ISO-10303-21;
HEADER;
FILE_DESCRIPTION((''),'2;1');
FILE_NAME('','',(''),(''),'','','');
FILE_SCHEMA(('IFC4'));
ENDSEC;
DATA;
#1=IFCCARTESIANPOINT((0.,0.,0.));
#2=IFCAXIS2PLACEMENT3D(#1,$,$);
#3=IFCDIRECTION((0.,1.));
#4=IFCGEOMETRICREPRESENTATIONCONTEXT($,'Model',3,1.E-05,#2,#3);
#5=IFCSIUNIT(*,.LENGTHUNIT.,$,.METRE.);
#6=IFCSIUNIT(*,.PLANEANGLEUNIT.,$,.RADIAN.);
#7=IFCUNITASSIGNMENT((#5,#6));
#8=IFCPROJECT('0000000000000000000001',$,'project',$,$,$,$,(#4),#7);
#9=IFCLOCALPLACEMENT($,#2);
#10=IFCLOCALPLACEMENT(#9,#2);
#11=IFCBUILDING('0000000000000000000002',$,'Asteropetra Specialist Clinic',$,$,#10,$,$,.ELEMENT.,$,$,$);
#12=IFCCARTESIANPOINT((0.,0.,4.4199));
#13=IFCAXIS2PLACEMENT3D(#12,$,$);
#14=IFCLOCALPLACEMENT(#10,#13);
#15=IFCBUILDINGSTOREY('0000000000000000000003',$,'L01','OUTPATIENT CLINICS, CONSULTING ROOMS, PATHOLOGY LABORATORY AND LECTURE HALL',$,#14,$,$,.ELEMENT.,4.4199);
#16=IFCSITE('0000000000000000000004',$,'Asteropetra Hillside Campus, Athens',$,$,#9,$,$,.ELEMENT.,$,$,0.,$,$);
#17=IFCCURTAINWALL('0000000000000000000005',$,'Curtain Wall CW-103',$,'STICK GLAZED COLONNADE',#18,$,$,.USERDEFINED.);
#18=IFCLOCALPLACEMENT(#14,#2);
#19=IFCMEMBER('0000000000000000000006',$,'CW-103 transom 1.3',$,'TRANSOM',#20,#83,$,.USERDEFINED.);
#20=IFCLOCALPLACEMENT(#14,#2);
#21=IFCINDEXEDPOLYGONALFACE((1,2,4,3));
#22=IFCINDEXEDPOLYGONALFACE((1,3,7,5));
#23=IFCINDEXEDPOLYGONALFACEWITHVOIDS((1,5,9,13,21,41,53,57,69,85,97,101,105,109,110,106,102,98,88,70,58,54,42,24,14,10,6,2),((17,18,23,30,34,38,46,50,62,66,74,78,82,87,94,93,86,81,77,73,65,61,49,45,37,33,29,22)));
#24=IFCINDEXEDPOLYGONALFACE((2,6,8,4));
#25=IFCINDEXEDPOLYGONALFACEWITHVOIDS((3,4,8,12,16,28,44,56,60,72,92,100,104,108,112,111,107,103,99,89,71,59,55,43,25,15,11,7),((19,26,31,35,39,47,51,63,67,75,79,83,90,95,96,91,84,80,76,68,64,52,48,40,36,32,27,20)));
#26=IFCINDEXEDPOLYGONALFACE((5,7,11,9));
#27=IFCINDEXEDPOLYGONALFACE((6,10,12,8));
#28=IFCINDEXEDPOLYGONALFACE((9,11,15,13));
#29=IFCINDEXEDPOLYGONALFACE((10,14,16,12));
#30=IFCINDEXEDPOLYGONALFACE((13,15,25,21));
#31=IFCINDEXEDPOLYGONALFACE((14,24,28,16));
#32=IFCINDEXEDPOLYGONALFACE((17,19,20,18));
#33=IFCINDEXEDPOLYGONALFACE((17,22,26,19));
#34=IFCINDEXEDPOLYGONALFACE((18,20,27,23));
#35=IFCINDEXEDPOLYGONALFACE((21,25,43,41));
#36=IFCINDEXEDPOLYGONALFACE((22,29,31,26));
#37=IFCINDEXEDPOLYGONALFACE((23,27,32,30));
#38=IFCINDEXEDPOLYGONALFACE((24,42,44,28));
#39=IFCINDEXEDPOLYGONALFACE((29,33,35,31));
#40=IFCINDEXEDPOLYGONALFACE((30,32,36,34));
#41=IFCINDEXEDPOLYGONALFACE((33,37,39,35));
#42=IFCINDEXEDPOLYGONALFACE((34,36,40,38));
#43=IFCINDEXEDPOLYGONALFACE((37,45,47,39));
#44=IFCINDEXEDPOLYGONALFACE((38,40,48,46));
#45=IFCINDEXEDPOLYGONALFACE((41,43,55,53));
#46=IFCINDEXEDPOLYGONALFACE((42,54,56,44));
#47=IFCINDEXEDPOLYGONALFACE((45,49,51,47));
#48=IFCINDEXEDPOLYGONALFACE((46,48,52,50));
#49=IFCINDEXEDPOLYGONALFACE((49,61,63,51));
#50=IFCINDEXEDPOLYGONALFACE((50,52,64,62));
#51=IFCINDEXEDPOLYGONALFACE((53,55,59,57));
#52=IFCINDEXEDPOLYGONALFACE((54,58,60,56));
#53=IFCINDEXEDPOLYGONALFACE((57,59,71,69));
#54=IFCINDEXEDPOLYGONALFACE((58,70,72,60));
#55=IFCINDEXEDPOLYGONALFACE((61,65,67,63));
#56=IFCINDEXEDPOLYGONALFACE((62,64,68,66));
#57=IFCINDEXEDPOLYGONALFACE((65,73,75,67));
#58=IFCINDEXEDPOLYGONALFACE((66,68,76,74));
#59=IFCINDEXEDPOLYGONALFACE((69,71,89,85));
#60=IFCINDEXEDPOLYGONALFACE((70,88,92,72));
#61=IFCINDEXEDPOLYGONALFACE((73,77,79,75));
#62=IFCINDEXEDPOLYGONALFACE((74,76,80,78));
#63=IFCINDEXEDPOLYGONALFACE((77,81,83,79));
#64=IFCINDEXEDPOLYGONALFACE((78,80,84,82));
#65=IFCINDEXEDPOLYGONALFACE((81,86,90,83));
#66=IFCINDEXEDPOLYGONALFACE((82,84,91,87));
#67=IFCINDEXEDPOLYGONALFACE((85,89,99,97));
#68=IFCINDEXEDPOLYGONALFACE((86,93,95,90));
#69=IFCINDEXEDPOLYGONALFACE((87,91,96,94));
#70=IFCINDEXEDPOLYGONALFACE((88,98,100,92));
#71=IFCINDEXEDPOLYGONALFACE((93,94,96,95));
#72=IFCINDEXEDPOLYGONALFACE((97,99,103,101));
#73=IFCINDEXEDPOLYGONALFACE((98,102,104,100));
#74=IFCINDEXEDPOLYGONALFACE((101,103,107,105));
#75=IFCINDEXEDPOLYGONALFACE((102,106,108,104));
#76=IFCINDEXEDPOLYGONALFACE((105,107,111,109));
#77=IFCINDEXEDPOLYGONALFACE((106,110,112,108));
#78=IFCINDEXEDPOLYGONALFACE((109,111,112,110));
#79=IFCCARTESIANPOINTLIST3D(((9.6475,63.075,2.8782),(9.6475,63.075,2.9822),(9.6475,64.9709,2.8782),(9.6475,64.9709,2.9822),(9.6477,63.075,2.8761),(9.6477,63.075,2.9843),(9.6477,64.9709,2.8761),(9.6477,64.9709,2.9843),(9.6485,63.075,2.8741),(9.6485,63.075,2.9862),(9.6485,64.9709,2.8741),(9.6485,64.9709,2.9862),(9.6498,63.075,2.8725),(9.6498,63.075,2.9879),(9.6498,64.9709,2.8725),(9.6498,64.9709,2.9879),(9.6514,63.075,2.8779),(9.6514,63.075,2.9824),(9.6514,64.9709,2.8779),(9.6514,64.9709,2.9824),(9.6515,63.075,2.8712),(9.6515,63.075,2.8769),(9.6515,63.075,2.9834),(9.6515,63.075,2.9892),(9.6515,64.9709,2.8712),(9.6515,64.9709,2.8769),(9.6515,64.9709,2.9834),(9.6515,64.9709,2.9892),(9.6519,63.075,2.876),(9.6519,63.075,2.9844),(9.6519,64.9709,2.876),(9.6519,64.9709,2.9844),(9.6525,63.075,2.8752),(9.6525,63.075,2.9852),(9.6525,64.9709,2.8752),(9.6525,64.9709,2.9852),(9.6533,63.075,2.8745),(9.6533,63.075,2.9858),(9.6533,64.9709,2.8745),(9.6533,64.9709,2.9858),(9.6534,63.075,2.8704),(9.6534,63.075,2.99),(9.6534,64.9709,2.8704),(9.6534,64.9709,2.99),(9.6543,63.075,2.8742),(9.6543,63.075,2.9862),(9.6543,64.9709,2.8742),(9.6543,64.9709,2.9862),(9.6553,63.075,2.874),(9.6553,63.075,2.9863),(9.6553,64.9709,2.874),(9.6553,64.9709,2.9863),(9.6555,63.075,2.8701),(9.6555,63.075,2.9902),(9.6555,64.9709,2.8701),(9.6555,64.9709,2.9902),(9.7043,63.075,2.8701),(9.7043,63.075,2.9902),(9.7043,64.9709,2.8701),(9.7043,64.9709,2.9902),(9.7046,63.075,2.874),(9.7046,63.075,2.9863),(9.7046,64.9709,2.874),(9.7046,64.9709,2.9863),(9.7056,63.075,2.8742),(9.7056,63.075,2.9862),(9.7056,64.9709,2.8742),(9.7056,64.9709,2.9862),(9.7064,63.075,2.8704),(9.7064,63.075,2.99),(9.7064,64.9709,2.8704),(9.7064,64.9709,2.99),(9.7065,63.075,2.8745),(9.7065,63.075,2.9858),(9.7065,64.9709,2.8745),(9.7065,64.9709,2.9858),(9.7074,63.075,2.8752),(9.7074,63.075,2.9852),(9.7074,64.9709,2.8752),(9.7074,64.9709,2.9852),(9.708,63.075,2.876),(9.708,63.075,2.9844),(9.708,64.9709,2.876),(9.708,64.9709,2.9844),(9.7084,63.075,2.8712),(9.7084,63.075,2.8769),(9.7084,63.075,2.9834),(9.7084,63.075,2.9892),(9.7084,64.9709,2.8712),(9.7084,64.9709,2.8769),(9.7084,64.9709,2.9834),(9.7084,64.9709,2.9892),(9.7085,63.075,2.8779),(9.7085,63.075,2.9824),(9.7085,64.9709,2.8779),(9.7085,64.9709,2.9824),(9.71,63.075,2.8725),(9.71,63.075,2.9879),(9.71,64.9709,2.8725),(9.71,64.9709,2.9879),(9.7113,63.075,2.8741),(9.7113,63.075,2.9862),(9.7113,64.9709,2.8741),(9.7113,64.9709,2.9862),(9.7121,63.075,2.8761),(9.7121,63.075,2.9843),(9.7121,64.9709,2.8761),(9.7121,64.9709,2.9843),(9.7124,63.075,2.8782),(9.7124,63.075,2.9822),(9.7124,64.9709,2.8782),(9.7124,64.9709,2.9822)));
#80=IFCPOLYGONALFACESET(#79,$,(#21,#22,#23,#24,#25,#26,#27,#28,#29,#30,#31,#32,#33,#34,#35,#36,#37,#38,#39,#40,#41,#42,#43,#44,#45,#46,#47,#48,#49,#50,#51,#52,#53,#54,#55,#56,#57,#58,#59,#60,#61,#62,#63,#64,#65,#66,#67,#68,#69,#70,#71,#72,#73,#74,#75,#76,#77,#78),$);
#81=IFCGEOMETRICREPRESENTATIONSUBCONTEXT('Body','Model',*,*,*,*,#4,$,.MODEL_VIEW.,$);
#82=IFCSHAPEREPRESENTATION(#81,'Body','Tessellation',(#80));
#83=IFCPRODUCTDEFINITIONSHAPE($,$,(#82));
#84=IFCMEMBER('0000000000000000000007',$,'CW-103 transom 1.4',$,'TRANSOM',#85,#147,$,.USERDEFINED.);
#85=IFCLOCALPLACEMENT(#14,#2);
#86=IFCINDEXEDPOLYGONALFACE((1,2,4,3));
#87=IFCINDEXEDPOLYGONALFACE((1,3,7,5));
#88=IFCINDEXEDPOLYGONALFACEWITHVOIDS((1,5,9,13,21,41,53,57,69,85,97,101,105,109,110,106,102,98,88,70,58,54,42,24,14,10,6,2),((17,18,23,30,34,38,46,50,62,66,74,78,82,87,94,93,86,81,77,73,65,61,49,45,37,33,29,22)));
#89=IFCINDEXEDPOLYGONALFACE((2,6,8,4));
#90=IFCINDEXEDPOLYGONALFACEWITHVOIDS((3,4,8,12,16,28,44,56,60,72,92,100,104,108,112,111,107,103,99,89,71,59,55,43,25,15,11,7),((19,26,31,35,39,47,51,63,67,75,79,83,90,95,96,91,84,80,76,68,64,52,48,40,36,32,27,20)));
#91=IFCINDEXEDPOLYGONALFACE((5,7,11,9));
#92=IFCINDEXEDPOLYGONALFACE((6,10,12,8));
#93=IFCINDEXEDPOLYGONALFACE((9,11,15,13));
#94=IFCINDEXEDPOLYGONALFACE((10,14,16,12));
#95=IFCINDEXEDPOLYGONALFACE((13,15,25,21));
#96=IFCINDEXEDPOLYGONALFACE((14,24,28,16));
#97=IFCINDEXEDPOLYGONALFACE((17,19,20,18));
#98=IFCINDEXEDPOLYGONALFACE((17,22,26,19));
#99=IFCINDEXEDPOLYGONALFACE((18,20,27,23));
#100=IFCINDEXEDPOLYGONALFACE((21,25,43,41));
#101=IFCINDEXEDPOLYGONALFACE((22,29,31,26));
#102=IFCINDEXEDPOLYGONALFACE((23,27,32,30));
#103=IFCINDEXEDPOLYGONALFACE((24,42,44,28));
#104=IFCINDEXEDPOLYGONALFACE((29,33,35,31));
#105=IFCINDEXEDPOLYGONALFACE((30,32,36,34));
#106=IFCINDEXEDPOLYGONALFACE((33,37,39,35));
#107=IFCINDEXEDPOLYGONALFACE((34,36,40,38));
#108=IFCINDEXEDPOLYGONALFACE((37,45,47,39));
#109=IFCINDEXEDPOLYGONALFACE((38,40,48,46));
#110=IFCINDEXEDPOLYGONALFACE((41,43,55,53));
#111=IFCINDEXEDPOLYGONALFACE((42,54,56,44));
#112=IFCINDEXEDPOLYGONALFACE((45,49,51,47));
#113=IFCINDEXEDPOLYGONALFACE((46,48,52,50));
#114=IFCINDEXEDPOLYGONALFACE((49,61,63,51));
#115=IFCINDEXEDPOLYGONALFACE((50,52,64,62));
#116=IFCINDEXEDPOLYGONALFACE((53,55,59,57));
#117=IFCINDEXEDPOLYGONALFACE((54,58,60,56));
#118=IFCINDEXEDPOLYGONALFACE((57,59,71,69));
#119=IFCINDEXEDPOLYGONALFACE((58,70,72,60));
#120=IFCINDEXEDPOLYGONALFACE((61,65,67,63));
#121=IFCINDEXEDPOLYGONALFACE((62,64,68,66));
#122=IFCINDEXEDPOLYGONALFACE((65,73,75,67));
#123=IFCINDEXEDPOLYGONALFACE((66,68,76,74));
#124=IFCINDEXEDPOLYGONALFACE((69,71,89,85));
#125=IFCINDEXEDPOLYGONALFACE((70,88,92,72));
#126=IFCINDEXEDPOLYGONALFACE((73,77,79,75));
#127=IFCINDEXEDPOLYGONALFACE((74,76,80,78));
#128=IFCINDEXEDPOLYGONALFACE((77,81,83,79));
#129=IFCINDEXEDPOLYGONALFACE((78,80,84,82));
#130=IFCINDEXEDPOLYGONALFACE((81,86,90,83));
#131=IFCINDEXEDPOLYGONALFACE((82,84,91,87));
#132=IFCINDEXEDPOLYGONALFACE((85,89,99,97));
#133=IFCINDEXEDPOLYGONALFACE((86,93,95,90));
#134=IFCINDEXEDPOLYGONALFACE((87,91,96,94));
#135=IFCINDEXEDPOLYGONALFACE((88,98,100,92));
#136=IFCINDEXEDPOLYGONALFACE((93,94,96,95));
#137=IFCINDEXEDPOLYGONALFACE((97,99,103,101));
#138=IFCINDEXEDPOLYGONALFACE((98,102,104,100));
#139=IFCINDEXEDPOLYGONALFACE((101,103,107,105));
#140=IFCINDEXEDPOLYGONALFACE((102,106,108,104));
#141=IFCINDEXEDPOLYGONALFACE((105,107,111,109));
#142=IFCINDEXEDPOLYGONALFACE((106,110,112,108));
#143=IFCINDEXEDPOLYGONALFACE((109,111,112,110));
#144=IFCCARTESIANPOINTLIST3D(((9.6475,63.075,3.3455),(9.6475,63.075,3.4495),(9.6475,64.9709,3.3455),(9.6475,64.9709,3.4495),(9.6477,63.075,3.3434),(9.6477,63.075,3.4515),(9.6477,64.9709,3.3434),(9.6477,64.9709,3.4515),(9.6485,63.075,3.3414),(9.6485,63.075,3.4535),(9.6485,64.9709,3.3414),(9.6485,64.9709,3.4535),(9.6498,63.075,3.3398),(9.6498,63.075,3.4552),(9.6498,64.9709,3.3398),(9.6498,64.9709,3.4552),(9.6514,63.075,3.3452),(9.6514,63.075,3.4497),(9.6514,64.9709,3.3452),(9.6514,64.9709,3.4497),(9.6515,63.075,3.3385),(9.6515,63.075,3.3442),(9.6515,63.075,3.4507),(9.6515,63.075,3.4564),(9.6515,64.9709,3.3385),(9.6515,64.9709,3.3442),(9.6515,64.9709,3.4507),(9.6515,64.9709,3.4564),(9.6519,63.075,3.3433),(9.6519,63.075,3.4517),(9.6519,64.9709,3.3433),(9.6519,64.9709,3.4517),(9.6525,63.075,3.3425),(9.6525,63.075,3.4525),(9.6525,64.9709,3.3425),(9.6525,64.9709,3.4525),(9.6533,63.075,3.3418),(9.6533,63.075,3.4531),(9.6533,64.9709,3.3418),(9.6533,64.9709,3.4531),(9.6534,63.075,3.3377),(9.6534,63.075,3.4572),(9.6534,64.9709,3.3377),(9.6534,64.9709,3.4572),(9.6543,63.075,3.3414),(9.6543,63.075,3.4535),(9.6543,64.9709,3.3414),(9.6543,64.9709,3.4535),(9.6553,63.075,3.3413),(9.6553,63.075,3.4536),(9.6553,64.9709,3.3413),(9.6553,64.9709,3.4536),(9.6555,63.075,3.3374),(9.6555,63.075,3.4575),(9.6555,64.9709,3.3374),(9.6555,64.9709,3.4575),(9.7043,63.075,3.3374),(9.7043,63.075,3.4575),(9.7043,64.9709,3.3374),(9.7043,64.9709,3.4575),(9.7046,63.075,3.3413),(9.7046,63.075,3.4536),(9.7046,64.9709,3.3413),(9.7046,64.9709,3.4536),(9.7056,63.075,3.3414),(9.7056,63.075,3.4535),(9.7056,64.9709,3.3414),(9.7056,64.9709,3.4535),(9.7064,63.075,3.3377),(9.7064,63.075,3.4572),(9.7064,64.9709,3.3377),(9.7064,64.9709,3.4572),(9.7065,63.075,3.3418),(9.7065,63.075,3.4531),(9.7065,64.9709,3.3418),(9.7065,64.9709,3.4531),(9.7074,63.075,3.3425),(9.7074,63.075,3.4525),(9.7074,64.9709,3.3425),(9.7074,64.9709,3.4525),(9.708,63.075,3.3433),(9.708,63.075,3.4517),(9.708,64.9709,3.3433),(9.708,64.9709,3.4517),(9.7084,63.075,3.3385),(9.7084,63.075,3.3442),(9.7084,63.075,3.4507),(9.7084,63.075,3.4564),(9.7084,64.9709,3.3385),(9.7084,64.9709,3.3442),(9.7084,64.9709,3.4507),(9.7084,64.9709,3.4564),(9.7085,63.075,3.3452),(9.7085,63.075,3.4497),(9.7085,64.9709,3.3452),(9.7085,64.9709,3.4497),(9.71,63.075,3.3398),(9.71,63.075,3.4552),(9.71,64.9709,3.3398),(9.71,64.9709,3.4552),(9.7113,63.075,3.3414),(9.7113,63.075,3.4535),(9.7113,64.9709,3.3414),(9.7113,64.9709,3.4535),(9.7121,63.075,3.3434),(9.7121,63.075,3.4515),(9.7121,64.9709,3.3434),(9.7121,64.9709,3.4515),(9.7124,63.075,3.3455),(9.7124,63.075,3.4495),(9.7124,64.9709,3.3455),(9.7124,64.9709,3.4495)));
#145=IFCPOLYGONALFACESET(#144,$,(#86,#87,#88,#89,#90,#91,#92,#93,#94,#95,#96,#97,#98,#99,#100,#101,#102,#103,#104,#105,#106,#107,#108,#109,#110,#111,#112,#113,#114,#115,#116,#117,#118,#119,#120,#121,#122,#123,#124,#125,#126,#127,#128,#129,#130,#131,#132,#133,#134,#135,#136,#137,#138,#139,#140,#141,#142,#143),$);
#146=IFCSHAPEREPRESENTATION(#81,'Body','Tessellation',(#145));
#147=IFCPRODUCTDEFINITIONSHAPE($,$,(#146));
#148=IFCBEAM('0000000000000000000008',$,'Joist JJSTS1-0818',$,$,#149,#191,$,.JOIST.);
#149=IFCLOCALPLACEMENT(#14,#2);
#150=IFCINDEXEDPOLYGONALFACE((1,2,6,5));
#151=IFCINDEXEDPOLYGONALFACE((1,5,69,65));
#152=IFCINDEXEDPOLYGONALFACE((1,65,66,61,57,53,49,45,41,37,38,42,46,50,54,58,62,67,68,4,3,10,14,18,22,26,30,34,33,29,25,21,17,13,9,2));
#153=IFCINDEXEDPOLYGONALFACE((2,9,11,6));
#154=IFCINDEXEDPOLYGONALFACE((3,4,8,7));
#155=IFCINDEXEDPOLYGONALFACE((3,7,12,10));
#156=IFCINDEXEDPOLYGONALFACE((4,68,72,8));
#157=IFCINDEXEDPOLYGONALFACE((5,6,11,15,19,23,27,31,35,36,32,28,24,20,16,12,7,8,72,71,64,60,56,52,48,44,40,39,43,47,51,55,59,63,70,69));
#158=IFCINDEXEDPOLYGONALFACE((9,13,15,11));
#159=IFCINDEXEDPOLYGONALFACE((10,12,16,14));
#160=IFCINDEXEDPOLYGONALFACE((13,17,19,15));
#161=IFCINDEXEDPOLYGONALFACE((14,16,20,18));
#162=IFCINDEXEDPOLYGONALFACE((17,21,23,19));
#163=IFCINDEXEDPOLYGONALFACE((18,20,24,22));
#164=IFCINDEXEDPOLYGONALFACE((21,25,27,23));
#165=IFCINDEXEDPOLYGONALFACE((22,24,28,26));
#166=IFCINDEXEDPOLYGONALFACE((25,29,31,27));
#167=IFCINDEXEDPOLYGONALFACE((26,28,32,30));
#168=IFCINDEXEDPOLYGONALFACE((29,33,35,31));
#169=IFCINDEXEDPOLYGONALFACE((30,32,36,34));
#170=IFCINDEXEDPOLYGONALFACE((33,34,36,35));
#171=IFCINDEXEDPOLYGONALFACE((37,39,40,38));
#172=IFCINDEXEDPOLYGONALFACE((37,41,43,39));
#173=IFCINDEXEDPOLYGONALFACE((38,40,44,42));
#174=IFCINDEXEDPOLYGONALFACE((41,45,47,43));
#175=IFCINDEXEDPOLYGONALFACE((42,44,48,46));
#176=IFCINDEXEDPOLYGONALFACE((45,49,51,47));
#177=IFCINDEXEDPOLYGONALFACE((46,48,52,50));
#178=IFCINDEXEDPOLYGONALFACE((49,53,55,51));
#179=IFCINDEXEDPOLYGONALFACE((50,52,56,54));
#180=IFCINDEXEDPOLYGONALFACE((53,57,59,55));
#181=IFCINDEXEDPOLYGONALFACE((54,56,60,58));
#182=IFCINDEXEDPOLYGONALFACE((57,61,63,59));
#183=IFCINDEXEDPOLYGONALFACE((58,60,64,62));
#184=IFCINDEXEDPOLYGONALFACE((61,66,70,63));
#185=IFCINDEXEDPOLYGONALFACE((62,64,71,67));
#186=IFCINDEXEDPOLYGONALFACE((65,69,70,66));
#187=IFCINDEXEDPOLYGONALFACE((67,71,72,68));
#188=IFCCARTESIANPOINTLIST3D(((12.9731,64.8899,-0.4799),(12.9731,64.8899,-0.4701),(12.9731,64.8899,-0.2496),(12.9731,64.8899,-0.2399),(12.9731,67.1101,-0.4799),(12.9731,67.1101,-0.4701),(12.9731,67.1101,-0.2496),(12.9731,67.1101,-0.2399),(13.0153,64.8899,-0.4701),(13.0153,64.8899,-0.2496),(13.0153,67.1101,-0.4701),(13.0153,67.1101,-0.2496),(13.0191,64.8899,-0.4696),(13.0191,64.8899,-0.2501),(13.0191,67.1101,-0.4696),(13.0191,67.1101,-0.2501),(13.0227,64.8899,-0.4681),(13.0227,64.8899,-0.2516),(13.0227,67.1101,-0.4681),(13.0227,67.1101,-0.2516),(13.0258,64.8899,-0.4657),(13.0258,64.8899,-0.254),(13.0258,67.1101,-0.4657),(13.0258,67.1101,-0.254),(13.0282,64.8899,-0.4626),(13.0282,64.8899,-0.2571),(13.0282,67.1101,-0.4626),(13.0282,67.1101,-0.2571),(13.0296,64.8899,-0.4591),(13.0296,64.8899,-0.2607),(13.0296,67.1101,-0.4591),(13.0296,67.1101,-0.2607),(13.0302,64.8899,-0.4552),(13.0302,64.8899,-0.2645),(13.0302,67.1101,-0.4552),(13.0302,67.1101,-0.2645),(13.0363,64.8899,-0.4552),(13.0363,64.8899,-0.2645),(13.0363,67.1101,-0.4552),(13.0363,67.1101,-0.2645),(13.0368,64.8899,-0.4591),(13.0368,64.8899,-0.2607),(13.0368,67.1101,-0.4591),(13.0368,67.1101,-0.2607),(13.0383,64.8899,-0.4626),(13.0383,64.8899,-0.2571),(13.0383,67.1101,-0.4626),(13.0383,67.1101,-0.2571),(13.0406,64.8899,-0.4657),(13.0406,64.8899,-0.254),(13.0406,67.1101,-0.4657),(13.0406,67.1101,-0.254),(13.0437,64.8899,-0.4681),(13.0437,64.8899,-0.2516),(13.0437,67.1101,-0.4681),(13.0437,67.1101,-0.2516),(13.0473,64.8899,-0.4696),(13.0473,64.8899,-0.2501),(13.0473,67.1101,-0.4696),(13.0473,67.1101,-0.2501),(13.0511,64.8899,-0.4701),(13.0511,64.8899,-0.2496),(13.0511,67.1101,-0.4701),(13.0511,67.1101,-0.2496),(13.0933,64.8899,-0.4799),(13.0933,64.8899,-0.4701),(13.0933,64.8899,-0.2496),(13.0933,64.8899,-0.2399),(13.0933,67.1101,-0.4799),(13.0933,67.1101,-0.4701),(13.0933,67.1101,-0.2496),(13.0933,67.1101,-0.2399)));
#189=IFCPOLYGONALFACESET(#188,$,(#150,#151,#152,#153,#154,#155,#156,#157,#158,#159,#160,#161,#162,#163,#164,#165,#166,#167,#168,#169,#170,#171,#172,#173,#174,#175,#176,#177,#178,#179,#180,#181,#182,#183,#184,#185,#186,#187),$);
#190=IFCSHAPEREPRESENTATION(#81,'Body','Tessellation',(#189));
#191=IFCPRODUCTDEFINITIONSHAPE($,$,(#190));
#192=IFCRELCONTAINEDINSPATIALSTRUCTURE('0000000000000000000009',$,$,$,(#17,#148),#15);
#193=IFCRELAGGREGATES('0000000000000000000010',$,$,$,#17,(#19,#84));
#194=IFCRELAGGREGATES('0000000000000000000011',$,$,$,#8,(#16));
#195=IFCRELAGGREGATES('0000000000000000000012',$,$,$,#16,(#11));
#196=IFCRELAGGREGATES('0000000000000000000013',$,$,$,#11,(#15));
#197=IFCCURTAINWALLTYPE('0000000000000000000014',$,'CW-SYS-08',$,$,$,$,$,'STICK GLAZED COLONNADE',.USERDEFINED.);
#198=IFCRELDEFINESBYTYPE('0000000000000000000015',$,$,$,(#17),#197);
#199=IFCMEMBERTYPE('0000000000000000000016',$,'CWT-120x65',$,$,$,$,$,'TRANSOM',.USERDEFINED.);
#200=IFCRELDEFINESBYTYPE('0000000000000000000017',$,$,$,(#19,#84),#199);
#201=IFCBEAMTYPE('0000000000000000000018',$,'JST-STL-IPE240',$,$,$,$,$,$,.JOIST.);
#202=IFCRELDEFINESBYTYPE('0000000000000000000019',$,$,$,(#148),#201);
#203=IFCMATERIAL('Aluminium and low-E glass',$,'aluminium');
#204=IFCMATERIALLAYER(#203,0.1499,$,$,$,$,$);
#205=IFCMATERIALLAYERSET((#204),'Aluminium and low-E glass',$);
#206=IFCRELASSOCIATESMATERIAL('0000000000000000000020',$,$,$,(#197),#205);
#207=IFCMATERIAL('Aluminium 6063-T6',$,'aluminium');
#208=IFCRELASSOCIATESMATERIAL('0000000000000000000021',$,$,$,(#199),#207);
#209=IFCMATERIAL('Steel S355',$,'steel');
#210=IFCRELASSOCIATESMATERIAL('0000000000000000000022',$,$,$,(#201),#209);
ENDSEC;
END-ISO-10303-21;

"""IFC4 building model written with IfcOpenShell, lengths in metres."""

from ifc_helpers import new_model, si_unit, direction, frame, origin, origin_2d, place, context, subcontext, project, spatial, hollow_rectangle, i_section, extrude, material, layer, layer_set, material_profile, profile_set, type_object, element, aggregate, save


model = new_model("IFC4")

# Units and contexts
model_context = context("Model", 3, precision=1e-05, world=origin(), true_north=direction((0.0, 1.0)))
body_context = subcontext(model_context, "Body", "Model", "MODEL_VIEW")
ifc_project = project(units=[si_unit("LENGTHUNIT", "METRE"), si_unit("PLANEANGLEUNIT", "RADIAN")], contexts=[model_context])

# Site, building, storey
site_placement = place(None, origin())
site = spatial("IfcSite", under=ifc_project, at=site_placement, Name="Asteropetra Hillside Campus, Athens", CompositionType="ELEMENT", RefElevation=0.0)
building_placement = place(site_placement, origin())
building = spatial("IfcBuilding", under=site, at=building_placement, Name="Asteropetra Specialist Clinic", CompositionType="ELEMENT")
storey_placement = place(building_placement, frame((0.0, 0.0, 4.4199)))
storey = spatial("IfcBuildingStorey", under=building, at=storey_placement, Name="L01", Description="OUTPATIENT CLINICS, CONSULTING ROOMS, PATHOLOGY LABORATORY AND LECTURE HALL", CompositionType="ELEMENT", Elevation=4.4199)

# Curtain wall
ifc_material_1 = material(Name="Aluminium and low-E glass", Category="aluminium")
ifc_layer_1 = layer(ifc_material_1, 0.1499)
ifc_layer_set_1 = layer_set([ifc_layer_1], Name="Aluminium and low-E glass")
curtain_wall_type_1 = type_object("IfcCurtainWallType", Name="CW-SYS-08", ElementType="STICK GLAZED COLONNADE", PredefinedType="USERDEFINED", material=ifc_layer_set_1)
curtain_wall_1_placement = place(storey_placement, origin())
curtain_wall_1 = element("IfcCurtainWall", 1, at=curtain_wall_1_placement, inside=storey, type_object=curtain_wall_type_1, Name="Curtain Wall CW-103", ObjectType="STICK GLAZED COLONNADE", PredefinedType="USERDEFINED")

# Members
ifc_material_2 = material(Name="Aluminium 6063-T6", Category="aluminium")
ifc_material_profile_1 = material_profile(ifc_material_2, hollow_rectangle(XDim=0.0649, YDim=0.1201, WallThickness=0.0039, InnerFilletRadius=0.0039, OuterFilletRadius=0.0081, at=origin_2d()), Name="TRN 120x65x4.0")
ifc_profile_set_1 = profile_set([ifc_material_profile_1], Name="Aluminium 6063-T6")
member_type_1 = type_object("IfcMemberType", Name="CWT-120x65", ElementType="TRANSOM", PredefinedType="USERDEFINED", material=ifc_profile_set_1)
member_1_placement = place(storey_placement, frame((9.6799, 63.075, 2.9302), z_axis=(0.0, 1.0, 0.0), x_axis=(-1.0, 0.0, 0.0)))
member_1 = element("IfcMember", 2, at=member_1_placement, type_object=member_type_1, Name="CW-103 transom 1.3", ObjectType="TRANSOM", PredefinedType="USERDEFINED", context=body_context, shape_type="SweptSolid", body=[
    extrude(hollow_rectangle(XDim=0.0649, YDim=0.1201, WallThickness=0.0039, InnerFilletRadius=0.0039, OuterFilletRadius=0.0081, at=origin_2d()), origin(), (0.0, 0.0, 1.0), 1.896),
])
member_2_placement = place(storey_placement, frame((9.6799, 63.075, 3.3975), z_axis=(0.0, 1.0, 0.0), x_axis=(-1.0, 0.0, 0.0)))
member_2 = element("IfcMember", 3, at=member_2_placement, type_object=member_type_1, Name="CW-103 transom 1.4", ObjectType="TRANSOM", PredefinedType="USERDEFINED", context=body_context, shape_type="SweptSolid", body=[
    extrude(hollow_rectangle(XDim=0.0649, YDim=0.1201, WallThickness=0.0039, InnerFilletRadius=0.0039, OuterFilletRadius=0.0081, at=origin_2d()), origin(), (0.0, 0.0, 1.0), 1.896),
])

# Beam
ifc_material_3 = material(Name="Steel S355", Category="steel")
ifc_material_profile_2 = material_profile(ifc_material_3, i_section(OverallWidth=0.1201, OverallDepth=0.24, WebThickness=0.0061, FlangeThickness=0.0098, FilletRadius=0.0149, at=origin_2d()), Name="IPE 240")
ifc_profile_set_2 = profile_set([ifc_material_profile_2], Name="Steel S355")
beam_type_1 = type_object("IfcBeamType", Name="JST-STL-IPE240", PredefinedType="JOIST", material=ifc_profile_set_2)
for number, where, z_axis, x_axis, name in (
    (4, (13.0332, 64.8899, -0.3599), (0.0, 1.0, 0.0), (-1.0, 0.0, 0.0), "Joist JJSTS1-0818"),
):
    element("IfcBeam", number, at=place(storey_placement, frame(where, z_axis=z_axis, x_axis=x_axis)), inside=storey, type_object=beam_type_1, Name=name, PredefinedType="JOIST", context=body_context, shape_type="SweptSolid", body=[
        extrude(i_section(OverallWidth=0.1201, OverallDepth=0.24, WebThickness=0.0061, FlangeThickness=0.0098, FilletRadius=0.0149, at=origin_2d()), origin(), (0.0, 0.0, 1.0), 2.2202),
    ])

aggregate(curtain_wall_1, [member_1, member_2])

save(model, "model.ifc")
